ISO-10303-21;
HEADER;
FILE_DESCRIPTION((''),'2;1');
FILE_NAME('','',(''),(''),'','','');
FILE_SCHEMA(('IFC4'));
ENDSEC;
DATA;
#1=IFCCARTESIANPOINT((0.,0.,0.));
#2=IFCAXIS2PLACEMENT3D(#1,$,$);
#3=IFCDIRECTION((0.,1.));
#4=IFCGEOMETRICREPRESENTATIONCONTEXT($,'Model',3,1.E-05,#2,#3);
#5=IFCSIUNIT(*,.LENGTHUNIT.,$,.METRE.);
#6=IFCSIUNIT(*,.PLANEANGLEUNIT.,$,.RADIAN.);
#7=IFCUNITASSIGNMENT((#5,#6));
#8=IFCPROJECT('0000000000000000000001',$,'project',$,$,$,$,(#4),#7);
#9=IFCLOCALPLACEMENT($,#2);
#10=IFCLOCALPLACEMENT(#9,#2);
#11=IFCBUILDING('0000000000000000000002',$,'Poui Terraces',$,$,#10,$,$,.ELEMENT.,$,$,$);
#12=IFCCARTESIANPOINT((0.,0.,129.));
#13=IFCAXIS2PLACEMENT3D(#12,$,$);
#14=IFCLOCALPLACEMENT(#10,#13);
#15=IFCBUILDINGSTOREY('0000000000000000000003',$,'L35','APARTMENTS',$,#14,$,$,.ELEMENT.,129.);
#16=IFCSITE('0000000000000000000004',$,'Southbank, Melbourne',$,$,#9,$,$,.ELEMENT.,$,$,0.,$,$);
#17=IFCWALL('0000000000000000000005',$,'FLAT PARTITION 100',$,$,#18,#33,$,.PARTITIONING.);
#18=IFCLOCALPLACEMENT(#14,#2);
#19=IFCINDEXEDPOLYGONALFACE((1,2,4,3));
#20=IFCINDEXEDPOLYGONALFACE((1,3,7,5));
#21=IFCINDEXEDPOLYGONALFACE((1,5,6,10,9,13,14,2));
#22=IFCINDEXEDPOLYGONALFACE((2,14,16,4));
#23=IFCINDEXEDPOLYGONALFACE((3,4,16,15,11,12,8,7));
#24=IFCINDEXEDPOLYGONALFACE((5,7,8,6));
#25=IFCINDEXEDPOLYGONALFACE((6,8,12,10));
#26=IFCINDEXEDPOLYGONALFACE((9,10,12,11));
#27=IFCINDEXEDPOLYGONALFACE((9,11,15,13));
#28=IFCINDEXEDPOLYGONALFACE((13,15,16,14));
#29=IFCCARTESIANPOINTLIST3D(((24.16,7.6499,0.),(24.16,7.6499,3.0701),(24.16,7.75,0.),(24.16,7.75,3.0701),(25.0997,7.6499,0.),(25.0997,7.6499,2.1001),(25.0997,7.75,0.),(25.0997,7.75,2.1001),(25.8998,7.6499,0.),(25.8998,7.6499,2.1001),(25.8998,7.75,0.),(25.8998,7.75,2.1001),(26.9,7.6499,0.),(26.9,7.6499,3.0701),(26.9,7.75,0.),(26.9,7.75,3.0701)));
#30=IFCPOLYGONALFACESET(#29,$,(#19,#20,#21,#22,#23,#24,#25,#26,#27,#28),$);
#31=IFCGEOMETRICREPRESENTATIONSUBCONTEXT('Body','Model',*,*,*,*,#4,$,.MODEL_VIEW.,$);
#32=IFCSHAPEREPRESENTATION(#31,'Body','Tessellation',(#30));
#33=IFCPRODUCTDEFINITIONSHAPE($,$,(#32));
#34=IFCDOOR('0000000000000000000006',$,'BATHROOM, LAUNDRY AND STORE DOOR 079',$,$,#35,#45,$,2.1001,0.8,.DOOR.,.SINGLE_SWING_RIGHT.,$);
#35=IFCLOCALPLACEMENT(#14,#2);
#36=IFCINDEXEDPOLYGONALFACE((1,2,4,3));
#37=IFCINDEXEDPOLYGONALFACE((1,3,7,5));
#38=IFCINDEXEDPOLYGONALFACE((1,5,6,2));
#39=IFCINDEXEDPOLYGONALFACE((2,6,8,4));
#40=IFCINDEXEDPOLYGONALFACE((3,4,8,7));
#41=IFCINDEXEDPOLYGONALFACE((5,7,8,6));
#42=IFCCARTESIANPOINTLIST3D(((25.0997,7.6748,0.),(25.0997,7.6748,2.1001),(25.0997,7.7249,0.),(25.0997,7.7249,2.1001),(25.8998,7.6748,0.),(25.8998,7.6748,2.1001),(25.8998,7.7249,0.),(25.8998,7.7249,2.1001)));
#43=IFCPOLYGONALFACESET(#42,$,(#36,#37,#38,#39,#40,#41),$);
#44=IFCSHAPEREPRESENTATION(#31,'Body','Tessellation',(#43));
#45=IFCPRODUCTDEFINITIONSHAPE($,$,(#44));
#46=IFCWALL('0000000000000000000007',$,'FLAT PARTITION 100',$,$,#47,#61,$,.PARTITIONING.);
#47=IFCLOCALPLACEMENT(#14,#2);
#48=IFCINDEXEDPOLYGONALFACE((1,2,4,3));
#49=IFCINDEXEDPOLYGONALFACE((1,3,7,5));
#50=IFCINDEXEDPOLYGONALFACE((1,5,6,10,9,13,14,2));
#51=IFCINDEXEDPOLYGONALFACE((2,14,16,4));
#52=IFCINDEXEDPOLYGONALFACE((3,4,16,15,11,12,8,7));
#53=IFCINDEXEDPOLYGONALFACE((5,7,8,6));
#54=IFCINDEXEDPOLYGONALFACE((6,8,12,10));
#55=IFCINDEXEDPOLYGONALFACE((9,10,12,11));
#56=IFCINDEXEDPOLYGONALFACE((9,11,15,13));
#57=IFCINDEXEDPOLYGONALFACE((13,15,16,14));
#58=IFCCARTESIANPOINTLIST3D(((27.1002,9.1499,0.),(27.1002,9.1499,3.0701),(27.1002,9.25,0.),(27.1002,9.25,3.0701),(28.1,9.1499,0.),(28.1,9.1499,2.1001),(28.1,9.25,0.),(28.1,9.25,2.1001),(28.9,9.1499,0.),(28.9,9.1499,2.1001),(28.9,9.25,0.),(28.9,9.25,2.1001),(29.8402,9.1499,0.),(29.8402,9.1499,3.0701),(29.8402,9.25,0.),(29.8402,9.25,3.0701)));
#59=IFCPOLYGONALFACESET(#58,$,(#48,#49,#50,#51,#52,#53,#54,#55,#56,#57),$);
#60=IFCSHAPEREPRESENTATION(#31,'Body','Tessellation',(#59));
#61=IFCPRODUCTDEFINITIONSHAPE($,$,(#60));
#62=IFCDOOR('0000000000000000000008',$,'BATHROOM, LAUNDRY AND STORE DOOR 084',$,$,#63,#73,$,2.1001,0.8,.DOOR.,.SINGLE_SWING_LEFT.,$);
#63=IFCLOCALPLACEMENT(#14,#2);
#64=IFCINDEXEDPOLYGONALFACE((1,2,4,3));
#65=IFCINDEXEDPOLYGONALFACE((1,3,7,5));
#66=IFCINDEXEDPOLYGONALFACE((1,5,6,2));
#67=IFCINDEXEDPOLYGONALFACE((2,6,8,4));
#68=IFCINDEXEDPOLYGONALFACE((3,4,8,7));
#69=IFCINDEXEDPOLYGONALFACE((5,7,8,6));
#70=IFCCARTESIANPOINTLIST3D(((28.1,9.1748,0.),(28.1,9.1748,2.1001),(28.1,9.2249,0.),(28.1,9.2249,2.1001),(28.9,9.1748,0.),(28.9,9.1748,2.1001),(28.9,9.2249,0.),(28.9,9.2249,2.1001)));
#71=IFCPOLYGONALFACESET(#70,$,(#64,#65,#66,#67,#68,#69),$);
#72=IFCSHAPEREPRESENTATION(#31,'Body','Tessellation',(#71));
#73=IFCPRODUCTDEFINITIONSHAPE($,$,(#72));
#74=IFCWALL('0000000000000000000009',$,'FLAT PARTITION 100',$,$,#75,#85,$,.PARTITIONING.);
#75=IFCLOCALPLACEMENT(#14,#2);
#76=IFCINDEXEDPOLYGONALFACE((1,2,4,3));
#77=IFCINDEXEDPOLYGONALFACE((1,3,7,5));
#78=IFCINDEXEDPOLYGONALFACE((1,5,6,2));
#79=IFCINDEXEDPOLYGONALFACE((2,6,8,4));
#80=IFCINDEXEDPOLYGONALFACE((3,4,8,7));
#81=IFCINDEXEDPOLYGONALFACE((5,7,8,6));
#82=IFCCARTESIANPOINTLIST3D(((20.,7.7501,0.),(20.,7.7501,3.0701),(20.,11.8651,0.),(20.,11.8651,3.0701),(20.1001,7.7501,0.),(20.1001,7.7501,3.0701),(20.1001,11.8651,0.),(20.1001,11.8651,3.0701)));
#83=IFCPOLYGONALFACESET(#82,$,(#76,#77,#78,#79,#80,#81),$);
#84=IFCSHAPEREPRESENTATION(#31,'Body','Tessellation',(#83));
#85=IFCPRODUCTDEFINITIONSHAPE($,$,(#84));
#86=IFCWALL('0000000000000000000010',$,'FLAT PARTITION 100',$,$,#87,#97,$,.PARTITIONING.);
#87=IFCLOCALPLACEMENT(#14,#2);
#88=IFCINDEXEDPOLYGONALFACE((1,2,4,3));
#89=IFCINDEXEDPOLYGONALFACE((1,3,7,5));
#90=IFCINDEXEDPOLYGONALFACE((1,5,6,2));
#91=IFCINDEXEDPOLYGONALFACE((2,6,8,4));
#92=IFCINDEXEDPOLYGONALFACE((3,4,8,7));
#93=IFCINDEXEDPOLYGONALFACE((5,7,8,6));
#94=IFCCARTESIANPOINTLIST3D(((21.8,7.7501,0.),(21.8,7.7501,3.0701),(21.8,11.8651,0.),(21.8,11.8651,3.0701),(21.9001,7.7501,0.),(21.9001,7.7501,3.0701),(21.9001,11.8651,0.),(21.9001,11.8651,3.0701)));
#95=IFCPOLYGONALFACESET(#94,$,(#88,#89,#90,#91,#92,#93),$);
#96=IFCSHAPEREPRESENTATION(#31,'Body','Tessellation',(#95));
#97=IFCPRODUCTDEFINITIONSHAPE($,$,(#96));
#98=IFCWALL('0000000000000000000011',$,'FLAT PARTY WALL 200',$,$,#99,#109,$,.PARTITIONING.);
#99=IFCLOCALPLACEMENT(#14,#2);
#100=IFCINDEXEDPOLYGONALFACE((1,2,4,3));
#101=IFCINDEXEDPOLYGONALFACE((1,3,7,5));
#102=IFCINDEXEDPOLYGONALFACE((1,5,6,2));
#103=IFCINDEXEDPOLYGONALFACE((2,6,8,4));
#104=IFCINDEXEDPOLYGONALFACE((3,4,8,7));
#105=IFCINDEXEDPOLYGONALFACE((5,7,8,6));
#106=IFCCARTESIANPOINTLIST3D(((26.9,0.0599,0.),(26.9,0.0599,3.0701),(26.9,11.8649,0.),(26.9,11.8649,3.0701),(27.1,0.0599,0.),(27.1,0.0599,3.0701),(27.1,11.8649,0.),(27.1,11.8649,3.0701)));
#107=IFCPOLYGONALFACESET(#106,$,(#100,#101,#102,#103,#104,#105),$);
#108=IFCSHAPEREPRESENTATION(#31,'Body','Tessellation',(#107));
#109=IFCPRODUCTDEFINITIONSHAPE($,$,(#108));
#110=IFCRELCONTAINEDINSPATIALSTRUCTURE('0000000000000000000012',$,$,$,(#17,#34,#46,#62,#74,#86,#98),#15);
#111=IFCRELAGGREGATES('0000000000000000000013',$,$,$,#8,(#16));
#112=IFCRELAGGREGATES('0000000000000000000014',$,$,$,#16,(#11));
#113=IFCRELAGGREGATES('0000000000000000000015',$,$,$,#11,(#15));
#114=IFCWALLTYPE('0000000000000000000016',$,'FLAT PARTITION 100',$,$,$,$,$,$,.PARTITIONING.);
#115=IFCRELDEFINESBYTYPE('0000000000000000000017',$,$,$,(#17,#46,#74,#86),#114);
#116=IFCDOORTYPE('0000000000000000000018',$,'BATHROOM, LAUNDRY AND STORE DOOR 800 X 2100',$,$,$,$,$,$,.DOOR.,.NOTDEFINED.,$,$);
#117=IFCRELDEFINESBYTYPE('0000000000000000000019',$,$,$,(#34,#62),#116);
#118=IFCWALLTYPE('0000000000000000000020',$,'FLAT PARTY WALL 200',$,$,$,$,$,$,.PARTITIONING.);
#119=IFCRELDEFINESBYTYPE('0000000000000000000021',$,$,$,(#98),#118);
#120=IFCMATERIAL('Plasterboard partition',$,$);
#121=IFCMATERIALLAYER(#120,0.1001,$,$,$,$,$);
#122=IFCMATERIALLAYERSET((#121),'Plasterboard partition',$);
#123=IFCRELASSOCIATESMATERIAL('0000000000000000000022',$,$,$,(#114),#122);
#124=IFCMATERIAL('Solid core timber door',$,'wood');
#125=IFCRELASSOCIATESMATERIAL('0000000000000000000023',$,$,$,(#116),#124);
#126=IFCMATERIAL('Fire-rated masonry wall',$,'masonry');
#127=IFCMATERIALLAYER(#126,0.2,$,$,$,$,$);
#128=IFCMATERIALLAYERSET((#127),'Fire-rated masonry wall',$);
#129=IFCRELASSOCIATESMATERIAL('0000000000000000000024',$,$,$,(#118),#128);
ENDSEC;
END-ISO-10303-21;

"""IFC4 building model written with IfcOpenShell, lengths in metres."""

from ifc_helpers import new_model, si_unit, direction, frame, frame_2d, origin, place, context, subcontext, project, spatial, rectangle, extrude, material, layer, layer_set, type_object, element, fill, save


model = new_model("IFC4")

# Units and contexts
model_context = context("Model", 3, precision=1e-05, world=origin(), true_north=direction((0.0, 1.0)))
body_context = subcontext(model_context, "Body", "Model", "MODEL_VIEW")
ifc_project = project(units=[si_unit("LENGTHUNIT", "METRE"), si_unit("PLANEANGLEUNIT", "RADIAN")], contexts=[model_context])

# Site, building, storey
site_placement = place(None, origin())
site = spatial("IfcSite", under=ifc_project, at=site_placement, Name="Southbank, Melbourne", CompositionType="ELEMENT", RefElevation=0.0)
building_placement = place(site_placement, origin())
building = spatial("IfcBuilding", under=site, at=building_placement, Name="Poui Terraces", CompositionType="ELEMENT")
storey_placement = place(building_placement, frame((0.0, 0.0, 129.0)))
storey = spatial("IfcBuildingStorey", under=building, at=storey_placement, Name="L35", Description="APARTMENTS", CompositionType="ELEMENT", Elevation=129.0)

# Walls, openings, doors
ifc_material_1 = material(Name="Solid core timber door", Category="wood")
ifc_material_2 = material(Name="Plasterboard partition")
ifc_layer_1 = layer(ifc_material_2, 0.1001)
ifc_layer_set_1 = layer_set([ifc_layer_1], Name="Plasterboard partition")
wall_type_1 = type_object("IfcWallType", Name="FLAT PARTITION 100", PredefinedType="PARTITIONING", material=ifc_layer_set_1)
door_type_1 = type_object("IfcDoorType", Name="BATHROOM, LAUNDRY AND STORE DOOR 800 X 2100", OperationType="NOTDEFINED", PredefinedType="DOOR", material=ifc_material_1)
wall_1_placement = place(storey_placement, frame((24.1599, 7.7, 0.0), z_axis=(0.0, 0.0, 1.0), x_axis=(1.0, 0.0, 0.0)))
wall_1 = element("IfcWall", 1, at=wall_1_placement, inside=storey, type_object=wall_type_1, Name="FLAT PARTITION 100", PredefinedType="PARTITIONING", context=body_context, shape_type="SweptSolid", body=[
    extrude(rectangle(XDim=2.74, YDim=0.1001, at=frame_2d((1.3701, 0.0))), origin(), (0.0, 0.0, 1.0), 3.0701),
])
opening_1_placement = place(wall_1_placement, frame((0.9399, 0.0, 0.0)))
opening_1 = element("IfcOpeningElement", 2, at=opening_1_placement, cuts=wall_1, PredefinedType="OPENING", context=body_context, shape_type="SweptSolid", body=[
    extrude(rectangle(XDim=0.8, YDim=2.1001, at=frame_2d((0.3999, 1.05))), frame((0.0, 0.0601, 0.0), z_axis=(0.0, -1.0, 0.0), x_axis=(1.0, 0.0, 0.0)), (0.0, 0.0, 1.0), 0.1201),
])
door_1_placement = place(opening_1_placement, origin())
door_1 = element("IfcDoor", 3, at=door_1_placement, inside=storey, type_object=door_type_1, Name="BATHROOM, LAUNDRY AND STORE DOOR 079", OperationType="SINGLE_SWING_RIGHT", OverallHeight=2.1001, OverallWidth=0.8, PredefinedType="DOOR", context=body_context, shape_type="SweptSolid", body=[
    extrude(rectangle(XDim=0.8, YDim=2.1001, at=frame_2d((0.3999, 1.05))), frame((0.0, 0.0249, 0.0), z_axis=(0.0, -1.0, 0.0), x_axis=(1.0, 0.0, 0.0)), (0.0, 0.0, 1.0), 0.05),
])
fill(opening_1, door_1)
wall_2_placement = place(storey_placement, frame((27.1001, 9.2, 0.0), z_axis=(0.0, 0.0, 1.0), x_axis=(1.0, 0.0, 0.0)))
wall_2 = element("IfcWall", 4, at=wall_2_placement, inside=storey, type_object=wall_type_1, Name="FLAT PARTITION 100", PredefinedType="PARTITIONING", context=body_context, shape_type="SweptSolid", body=[
    extrude(rectangle(XDim=2.74, YDim=0.1001, at=frame_2d((1.3701, 0.0))), origin(), (0.0, 0.0, 1.0), 3.0701),
])
opening_2_placement = place(wall_2_placement, frame((1.0, 0.0, 0.0)))
opening_2 = element("IfcOpeningElement", 5, at=opening_2_placement, cuts=wall_2, PredefinedType="OPENING", context=body_context, shape_type="SweptSolid", body=[
    extrude(rectangle(XDim=0.8, YDim=2.1001, at=frame_2d((0.3999, 1.05))), frame((0.0, 0.0601, 0.0), z_axis=(0.0, -1.0, 0.0), x_axis=(1.0, 0.0, 0.0)), (0.0, 0.0, 1.0), 0.1201),
])
door_2_placement = place(opening_2_placement, origin())
door_2 = element("IfcDoor", 6, at=door_2_placement, inside=storey, type_object=door_type_1, Name="BATHROOM, LAUNDRY AND STORE DOOR 084", OperationType="SINGLE_SWING_LEFT", OverallHeight=2.1001, OverallWidth=0.8, PredefinedType="DOOR", context=body_context, shape_type="SweptSolid", body=[
    extrude(rectangle(XDim=0.8, YDim=2.1001, at=frame_2d((0.3999, 1.05))), frame((0.0, 0.0249, 0.0), z_axis=(0.0, -1.0, 0.0), x_axis=(1.0, 0.0, 0.0)), (0.0, 0.0, 1.0), 0.05),
])
fill(opening_2, door_2)

# Walls
for number, where, z_axis, x_axis, name in (
    (7, (20.05, 7.75, 0.0), (0.0, 0.0, 1.0), (0.0, 1.0, 0.0), "FLAT PARTITION 100"),
    (8, (21.8501, 7.75, 0.0), (0.0, 0.0, 1.0), (0.0, 1.0, 0.0), "FLAT PARTITION 100"),
):
    element("IfcWall", number, at=place(storey_placement, frame(where, z_axis=z_axis, x_axis=x_axis)), inside=storey, type_object=wall_type_1, Name=name, PredefinedType="PARTITIONING", context=body_context, shape_type="SweptSolid", body=[
        extrude(rectangle(XDim=4.115, YDim=0.1001, at=frame_2d((2.0576, 0.0))), origin(), (0.0, 0.0, 1.0), 3.0701),
    ])
ifc_material_3 = material(Name="Fire-rated masonry wall", Category="masonry")
ifc_layer_2 = layer(ifc_material_3, 0.2)
ifc_layer_set_2 = layer_set([ifc_layer_2], Name="Fire-rated masonry wall")
wall_type_2 = type_object("IfcWallType", Name="FLAT PARTY WALL 200", PredefinedType="PARTITIONING", material=ifc_layer_set_2)
wall_3_placement = place(storey_placement, frame((27.0, 0.0601, 0.0), z_axis=(0.0, 0.0, 1.0), x_axis=(0.0, 1.0, 0.0)))
element("IfcWall", 9, at=wall_3_placement, inside=storey, type_object=wall_type_2, Name="FLAT PARTY WALL 200", PredefinedType="PARTITIONING", context=body_context, shape_type="SweptSolid", body=[
    extrude(rectangle(XDim=11.8049, YDim=0.2, at=frame_2d((5.9023, 0.0))), origin(), (0.0, 0.0, 1.0), 3.0701),
])

save(model, "model.ifc")
